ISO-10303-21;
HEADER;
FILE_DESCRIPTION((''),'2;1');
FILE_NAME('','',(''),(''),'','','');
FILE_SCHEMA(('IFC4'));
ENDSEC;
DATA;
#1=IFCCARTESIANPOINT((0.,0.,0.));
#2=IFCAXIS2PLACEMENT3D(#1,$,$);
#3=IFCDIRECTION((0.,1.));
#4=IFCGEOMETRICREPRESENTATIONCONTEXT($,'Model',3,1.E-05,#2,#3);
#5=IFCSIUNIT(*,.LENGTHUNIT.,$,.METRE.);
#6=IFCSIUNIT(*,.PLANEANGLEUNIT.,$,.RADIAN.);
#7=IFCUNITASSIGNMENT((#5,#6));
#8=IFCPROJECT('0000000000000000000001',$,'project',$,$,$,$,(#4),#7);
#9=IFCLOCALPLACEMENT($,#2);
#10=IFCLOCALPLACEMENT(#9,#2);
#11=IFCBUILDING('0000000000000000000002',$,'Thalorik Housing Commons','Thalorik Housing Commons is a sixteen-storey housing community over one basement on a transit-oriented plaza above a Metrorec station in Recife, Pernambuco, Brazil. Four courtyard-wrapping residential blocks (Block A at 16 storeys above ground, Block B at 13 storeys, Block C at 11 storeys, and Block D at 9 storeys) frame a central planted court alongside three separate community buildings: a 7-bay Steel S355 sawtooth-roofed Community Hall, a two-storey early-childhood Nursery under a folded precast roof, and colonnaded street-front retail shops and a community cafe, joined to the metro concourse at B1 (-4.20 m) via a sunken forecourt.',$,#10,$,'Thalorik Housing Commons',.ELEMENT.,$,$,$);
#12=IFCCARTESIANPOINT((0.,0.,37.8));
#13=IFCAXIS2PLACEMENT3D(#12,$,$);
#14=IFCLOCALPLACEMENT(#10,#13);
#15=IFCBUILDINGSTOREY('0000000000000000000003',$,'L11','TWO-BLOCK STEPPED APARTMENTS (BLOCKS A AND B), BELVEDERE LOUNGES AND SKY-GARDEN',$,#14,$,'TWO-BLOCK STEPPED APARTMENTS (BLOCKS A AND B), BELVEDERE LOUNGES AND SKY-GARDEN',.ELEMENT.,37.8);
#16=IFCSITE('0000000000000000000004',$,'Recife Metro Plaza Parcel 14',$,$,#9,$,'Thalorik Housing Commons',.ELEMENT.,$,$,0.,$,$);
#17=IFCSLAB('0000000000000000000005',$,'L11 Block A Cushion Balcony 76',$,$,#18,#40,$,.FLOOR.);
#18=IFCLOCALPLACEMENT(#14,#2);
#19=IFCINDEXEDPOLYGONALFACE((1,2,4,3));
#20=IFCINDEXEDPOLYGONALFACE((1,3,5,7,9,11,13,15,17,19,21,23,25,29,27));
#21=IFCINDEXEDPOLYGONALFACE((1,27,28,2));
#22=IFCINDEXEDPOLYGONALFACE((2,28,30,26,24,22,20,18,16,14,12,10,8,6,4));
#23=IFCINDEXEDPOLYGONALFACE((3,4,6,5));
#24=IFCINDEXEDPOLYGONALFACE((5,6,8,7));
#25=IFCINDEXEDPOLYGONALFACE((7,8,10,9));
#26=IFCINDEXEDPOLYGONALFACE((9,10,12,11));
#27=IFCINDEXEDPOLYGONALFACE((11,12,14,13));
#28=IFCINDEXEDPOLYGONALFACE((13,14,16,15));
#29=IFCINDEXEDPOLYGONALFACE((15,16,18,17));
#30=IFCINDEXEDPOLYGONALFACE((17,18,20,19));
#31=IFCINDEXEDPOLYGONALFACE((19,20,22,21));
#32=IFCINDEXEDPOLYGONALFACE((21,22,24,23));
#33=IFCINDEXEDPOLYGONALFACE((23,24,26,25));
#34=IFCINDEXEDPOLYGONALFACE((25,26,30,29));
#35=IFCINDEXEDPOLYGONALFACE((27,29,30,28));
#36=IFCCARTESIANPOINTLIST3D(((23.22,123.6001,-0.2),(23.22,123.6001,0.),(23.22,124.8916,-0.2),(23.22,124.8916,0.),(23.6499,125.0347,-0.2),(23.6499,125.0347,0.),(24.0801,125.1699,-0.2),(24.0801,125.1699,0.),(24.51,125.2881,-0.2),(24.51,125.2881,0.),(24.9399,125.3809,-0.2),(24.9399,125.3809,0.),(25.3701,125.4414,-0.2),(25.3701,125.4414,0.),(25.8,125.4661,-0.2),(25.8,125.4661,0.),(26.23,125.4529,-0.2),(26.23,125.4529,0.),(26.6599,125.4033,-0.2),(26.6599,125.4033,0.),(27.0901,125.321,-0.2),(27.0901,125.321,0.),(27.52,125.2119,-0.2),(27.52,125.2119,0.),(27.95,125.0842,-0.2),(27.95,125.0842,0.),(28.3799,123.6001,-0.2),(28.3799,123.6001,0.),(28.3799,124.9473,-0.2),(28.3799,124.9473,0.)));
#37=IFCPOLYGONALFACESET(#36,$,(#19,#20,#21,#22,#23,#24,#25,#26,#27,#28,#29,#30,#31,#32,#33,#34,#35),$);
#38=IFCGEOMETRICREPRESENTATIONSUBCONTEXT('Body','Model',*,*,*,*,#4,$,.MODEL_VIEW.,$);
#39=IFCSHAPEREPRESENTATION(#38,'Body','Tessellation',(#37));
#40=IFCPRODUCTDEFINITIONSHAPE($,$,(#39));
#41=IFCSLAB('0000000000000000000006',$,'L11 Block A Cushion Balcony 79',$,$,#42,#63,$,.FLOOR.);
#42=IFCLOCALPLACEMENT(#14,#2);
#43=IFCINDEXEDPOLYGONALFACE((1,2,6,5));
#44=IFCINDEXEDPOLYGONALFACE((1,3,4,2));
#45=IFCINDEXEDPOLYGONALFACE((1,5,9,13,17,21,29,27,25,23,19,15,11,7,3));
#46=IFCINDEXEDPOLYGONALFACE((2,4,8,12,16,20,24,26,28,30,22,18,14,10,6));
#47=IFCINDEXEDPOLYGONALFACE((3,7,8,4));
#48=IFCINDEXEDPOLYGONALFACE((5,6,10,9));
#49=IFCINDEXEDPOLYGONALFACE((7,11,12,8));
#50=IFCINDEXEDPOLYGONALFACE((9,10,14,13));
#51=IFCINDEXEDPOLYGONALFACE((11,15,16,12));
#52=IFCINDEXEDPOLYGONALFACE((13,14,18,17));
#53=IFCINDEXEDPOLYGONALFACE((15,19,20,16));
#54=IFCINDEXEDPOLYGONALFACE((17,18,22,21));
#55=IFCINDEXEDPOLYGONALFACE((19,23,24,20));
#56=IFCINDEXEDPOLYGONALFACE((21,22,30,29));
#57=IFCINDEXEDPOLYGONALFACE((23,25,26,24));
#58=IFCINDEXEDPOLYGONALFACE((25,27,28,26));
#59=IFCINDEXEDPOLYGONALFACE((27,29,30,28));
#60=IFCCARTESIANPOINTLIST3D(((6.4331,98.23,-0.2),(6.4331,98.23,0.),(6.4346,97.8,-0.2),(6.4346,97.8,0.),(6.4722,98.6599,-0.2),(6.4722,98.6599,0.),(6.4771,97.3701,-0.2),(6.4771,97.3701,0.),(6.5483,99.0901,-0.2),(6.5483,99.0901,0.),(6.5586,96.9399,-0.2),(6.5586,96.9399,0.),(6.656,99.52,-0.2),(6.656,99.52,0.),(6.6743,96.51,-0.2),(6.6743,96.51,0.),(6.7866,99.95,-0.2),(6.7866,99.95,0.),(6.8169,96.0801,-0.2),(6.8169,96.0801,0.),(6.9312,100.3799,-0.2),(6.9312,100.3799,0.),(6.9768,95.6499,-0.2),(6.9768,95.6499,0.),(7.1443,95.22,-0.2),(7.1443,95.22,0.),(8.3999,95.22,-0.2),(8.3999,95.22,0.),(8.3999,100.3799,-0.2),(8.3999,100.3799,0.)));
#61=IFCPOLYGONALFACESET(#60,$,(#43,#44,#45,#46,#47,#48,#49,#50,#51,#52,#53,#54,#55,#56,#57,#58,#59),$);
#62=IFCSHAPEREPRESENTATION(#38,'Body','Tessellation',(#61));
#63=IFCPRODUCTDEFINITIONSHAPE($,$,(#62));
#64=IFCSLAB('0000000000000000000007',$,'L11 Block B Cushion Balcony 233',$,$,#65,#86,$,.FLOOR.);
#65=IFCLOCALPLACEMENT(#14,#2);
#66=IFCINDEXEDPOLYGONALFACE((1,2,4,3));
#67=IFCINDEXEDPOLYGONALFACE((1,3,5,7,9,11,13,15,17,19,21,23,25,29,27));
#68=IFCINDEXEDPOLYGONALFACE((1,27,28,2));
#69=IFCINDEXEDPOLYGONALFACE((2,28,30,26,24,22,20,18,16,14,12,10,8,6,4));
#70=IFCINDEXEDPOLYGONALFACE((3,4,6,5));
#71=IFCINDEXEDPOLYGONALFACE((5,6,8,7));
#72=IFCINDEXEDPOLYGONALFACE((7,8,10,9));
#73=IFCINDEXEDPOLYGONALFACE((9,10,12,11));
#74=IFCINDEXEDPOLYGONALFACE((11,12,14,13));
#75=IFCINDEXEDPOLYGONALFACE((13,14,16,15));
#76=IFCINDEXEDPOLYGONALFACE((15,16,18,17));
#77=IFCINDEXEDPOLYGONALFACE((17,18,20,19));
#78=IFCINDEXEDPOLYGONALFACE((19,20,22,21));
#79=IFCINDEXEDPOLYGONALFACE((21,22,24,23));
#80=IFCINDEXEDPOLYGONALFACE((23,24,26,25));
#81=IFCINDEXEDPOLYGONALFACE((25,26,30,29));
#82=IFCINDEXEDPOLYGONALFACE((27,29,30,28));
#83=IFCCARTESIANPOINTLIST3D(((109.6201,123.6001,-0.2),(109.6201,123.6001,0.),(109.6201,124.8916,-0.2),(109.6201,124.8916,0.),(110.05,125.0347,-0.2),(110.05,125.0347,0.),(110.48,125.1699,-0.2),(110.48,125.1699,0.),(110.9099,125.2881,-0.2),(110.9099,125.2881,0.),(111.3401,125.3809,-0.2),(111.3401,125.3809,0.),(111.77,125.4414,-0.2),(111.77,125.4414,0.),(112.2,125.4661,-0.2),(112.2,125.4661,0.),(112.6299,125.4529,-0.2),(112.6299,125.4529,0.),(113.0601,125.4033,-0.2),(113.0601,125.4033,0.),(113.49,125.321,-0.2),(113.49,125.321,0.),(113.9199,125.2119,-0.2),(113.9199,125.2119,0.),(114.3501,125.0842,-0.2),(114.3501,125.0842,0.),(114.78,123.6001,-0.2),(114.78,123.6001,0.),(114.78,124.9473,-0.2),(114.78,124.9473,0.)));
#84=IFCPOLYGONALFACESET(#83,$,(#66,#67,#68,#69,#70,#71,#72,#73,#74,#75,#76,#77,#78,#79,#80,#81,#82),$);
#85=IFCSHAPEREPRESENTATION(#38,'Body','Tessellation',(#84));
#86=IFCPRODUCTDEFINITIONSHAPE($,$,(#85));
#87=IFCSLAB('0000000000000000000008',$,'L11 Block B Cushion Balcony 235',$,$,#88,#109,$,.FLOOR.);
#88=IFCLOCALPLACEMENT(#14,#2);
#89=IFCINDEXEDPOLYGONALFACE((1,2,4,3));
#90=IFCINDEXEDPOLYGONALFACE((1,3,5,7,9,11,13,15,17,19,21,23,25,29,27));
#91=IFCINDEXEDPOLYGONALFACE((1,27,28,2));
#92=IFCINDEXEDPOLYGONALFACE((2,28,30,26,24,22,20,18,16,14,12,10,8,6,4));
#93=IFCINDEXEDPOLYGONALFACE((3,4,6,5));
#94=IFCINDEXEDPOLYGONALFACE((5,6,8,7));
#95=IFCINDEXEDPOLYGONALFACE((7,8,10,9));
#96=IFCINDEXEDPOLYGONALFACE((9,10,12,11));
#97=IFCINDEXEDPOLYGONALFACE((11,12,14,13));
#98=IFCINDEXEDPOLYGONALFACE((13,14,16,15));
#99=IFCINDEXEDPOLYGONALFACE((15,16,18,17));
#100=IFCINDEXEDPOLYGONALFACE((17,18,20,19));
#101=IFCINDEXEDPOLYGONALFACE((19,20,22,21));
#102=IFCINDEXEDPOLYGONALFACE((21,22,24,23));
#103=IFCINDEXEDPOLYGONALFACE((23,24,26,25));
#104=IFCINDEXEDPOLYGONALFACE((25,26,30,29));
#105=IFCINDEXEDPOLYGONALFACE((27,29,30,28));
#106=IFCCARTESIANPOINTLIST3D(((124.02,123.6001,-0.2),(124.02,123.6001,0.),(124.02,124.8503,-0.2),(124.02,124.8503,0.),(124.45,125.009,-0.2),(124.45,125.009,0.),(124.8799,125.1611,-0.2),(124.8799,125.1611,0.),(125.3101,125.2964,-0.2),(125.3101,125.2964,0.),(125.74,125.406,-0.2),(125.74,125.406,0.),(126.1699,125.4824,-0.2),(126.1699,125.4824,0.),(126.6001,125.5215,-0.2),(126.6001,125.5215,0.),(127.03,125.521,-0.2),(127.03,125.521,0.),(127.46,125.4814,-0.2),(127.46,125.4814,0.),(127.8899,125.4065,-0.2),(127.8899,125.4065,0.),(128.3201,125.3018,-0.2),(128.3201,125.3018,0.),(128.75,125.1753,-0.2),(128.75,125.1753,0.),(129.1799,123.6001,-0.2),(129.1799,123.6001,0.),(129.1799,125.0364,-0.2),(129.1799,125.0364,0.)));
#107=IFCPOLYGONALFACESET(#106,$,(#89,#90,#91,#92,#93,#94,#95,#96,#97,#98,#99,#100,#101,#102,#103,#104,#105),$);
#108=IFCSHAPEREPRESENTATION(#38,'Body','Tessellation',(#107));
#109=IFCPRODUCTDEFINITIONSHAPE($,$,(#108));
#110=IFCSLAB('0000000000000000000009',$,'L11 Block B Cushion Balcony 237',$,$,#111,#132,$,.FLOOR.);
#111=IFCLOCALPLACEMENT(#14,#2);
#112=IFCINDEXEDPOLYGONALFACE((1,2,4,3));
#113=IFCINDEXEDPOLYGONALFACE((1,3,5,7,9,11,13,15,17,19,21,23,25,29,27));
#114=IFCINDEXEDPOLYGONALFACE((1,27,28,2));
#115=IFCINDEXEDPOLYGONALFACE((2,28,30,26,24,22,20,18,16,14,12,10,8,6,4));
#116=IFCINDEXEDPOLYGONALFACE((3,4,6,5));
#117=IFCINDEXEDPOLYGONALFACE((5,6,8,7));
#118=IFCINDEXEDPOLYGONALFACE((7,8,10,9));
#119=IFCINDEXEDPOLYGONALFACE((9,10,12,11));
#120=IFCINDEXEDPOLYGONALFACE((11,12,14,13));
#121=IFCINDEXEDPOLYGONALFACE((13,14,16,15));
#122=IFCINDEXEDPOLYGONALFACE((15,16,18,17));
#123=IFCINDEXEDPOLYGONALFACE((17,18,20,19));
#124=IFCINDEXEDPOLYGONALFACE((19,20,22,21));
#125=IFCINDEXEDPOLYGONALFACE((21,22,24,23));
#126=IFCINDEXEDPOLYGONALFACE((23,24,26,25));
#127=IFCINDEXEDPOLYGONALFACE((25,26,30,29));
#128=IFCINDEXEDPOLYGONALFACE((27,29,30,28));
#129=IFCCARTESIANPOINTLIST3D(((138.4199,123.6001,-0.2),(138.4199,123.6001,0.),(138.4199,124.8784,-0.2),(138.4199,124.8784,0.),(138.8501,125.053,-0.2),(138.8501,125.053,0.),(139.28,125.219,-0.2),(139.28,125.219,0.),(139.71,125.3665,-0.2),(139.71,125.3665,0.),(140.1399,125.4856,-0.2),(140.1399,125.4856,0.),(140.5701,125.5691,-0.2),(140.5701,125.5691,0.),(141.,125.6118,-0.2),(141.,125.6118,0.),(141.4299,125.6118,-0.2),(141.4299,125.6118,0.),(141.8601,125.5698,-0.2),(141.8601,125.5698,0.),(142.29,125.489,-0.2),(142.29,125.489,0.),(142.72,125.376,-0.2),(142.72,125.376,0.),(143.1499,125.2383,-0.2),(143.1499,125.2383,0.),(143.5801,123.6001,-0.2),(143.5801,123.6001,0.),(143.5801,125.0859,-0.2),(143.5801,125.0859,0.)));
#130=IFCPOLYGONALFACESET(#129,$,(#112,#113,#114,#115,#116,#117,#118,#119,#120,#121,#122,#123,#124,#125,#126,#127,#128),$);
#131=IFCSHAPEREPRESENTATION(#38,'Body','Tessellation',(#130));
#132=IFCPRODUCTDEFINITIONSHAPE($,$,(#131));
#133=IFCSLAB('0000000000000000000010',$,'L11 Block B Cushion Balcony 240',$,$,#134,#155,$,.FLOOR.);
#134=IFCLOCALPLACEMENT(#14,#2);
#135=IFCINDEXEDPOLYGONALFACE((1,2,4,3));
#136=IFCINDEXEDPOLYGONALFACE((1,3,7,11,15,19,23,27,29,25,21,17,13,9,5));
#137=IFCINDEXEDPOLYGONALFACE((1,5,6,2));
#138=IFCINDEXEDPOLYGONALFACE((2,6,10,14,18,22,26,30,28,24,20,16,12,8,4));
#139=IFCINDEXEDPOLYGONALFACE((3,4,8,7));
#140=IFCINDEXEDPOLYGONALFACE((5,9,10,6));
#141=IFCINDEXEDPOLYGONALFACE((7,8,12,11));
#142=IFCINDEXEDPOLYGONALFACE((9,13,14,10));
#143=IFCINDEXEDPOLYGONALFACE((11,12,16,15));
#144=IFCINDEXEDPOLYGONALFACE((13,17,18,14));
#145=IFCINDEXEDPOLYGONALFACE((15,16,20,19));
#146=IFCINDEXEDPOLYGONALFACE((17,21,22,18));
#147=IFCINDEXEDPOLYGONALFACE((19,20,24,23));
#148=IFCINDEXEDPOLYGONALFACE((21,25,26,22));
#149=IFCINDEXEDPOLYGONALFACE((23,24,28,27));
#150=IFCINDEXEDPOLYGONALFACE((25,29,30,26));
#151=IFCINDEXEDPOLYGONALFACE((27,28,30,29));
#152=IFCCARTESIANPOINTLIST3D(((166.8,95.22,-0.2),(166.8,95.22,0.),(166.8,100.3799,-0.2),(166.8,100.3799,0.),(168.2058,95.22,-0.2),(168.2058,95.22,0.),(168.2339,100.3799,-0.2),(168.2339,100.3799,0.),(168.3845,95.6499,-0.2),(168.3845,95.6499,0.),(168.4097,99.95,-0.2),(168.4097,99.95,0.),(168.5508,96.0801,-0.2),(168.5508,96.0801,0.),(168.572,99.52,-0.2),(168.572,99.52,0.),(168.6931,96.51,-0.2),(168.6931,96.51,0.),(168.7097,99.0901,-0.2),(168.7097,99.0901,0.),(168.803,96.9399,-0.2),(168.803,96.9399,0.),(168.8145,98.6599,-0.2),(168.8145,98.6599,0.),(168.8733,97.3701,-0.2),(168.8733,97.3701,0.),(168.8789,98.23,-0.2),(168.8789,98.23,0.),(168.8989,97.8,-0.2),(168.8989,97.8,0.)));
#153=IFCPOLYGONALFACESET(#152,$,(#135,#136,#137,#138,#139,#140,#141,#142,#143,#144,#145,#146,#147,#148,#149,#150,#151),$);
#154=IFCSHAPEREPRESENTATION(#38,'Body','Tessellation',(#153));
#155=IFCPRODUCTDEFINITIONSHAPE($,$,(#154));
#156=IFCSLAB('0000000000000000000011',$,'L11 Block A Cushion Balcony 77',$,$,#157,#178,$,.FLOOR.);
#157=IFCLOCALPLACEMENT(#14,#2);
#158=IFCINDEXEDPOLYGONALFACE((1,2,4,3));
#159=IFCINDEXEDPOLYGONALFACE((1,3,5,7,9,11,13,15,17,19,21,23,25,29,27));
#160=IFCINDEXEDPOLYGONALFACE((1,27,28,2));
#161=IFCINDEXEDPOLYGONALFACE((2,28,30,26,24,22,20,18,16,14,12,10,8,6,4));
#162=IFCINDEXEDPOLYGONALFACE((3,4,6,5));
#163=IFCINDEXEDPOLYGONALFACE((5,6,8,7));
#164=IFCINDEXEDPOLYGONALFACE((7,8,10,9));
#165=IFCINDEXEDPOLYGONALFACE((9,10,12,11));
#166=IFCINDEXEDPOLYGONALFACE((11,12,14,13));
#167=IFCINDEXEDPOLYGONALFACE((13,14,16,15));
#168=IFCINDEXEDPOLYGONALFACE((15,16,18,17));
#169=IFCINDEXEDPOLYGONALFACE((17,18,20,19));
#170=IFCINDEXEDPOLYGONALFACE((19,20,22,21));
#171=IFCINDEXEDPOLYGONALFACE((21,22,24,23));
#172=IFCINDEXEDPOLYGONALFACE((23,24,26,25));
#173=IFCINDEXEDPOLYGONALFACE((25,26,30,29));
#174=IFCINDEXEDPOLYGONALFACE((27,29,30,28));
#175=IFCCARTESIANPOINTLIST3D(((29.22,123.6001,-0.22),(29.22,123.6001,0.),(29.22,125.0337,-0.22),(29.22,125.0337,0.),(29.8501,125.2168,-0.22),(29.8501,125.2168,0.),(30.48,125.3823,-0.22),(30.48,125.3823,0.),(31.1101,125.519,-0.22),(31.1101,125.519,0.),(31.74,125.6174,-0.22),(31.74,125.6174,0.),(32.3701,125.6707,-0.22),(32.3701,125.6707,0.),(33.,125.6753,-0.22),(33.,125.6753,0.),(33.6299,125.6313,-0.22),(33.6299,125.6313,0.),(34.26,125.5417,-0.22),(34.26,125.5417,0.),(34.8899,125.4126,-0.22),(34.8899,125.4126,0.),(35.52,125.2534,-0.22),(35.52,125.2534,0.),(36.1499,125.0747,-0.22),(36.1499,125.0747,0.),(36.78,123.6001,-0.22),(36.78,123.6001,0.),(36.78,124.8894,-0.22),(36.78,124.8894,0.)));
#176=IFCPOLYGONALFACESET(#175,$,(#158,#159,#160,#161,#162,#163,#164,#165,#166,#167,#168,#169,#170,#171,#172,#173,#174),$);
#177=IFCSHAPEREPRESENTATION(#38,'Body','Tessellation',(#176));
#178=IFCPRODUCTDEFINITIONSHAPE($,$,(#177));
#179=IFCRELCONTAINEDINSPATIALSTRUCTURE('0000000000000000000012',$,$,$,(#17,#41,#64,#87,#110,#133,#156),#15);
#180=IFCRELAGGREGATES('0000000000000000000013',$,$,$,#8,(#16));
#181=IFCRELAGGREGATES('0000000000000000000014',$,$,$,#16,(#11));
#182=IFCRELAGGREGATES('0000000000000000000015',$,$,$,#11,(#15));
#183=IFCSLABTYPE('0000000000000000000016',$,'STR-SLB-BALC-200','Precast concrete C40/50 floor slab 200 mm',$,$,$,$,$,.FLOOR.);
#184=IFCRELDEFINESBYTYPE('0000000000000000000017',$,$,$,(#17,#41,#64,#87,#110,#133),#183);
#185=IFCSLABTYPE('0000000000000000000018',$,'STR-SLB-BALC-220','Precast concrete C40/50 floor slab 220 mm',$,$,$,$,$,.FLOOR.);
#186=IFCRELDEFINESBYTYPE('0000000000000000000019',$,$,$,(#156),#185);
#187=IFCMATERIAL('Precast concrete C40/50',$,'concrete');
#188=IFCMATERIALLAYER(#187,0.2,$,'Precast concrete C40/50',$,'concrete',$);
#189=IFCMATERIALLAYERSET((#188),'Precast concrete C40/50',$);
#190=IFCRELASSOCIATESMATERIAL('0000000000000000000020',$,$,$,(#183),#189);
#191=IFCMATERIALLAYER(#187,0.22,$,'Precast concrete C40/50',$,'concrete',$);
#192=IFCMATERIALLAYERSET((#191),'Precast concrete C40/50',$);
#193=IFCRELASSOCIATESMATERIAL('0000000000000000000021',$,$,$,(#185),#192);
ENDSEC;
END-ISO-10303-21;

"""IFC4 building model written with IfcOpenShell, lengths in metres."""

from ifc_helpers import new_model, si_unit, direction, frame, origin, place, context, subcontext, project, spatial, polyline, outline, extrude, material, layer, layer_set, type_object, element, save


model = new_model("IFC4")

# Units and contexts
model_context = context("Model", 3, precision=1e-05, world=origin(), true_north=direction((0.0, 1.0)))
body_context = subcontext(model_context, "Body", "Model", "MODEL_VIEW")
ifc_project = project(units=[si_unit("LENGTHUNIT", "METRE"), si_unit("PLANEANGLEUNIT", "RADIAN")], contexts=[model_context])

# Site, building, storey
site_placement = place(None, origin())
site = spatial("IfcSite", under=ifc_project, at=site_placement, Name="Recife Metro Plaza Parcel 14", LongName="Thalorik Housing Commons", CompositionType="ELEMENT", RefElevation=0.0)
building_placement = place(site_placement, origin())
building = spatial("IfcBuilding", under=site, at=building_placement, Name="Thalorik Housing Commons", Description="Thalorik Housing Commons is a sixteen-storey housing community over one basement on a transit-oriented plaza above a Metrorec station in Recife, Pernambuco, Brazil. Four courtyard-wrapping residential blocks (Block A at 16 storeys above ground, Block B at 13 storeys, Block C at 11 storeys, and Block D at 9 storeys) frame a central planted court alongside three separate community buildings: a 7-bay Steel S355 sawtooth-roofed Community Hall, a two-storey early-childhood Nursery under a folded precast roof, and colonnaded street-front retail shops and a community cafe, joined to the metro concourse at B1 (-4.20 m) via a sunken forecourt.", LongName="Thalorik Housing Commons", CompositionType="ELEMENT")
storey_placement = place(building_placement, frame((0.0, 0.0, 37.8)))
storey = spatial("IfcBuildingStorey", under=building, at=storey_placement, Name="L11", Description="TWO-BLOCK STEPPED APARTMENTS (BLOCKS A AND B), BELVEDERE LOUNGES AND SKY-GARDEN", LongName="TWO-BLOCK STEPPED APARTMENTS (BLOCKS A AND B), BELVEDERE LOUNGES AND SKY-GARDEN", CompositionType="ELEMENT", Elevation=37.8)

# Slabs
ifc_material_1 = material(Name="Precast concrete C40/50", Category="concrete")
ifc_layer_1 = layer(ifc_material_1, 0.2, Name="Precast concrete C40/50", Category="concrete")
ifc_layer_set_1 = layer_set([ifc_layer_1], Name="Precast concrete C40/50")
slab_type_1 = type_object("IfcSlabType", Name="STR-SLB-BALC-200", Description="Precast concrete C40/50 floor slab 200 mm", PredefinedType="FLOOR", material=ifc_layer_set_1)
slab_1_placement = place(storey_placement, frame((0.0, 0.0, -0.2)))
element("IfcSlab", 1, at=slab_1_placement, inside=storey, type_object=slab_type_1, Name="L11 Block A Cushion Balcony 76", PredefinedType="FLOOR", context=body_context, shape_type="SweptSolid", body=[
    extrude(outline(polyline([(23.22, 123.6001), (28.3799, 123.6001), (28.3799, 124.9473), (27.95, 125.0842), (27.52, 125.2119), (27.0901, 125.321), (26.6599, 125.4033), (26.23, 125.4529), (25.8, 125.4661), (25.3701, 125.4414), (24.9399, 125.3809), (24.51, 125.2881), (24.0801, 125.1699), (23.6499, 125.0347), (23.22, 124.8916), (23.22, 123.6001)])), origin(), (0.0, 0.0, 1.0), 0.2),
])
slab_2_placement = place(storey_placement, frame((0.0, 0.0, -0.2)))
element("IfcSlab", 2, at=slab_2_placement, inside=storey, type_object=slab_type_1, Name="L11 Block A Cushion Balcony 79", PredefinedType="FLOOR", context=body_context, shape_type="SweptSolid", body=[
    extrude(outline(polyline([(8.3999, 95.22), (8.3999, 100.3799), (6.9312, 100.3799), (6.7866, 99.95), (6.656, 99.52), (6.5483, 99.0901), (6.4722, 98.6599), (6.4331, 98.23), (6.4346, 97.8), (6.4771, 97.3701), (6.5586, 96.9399), (6.6743, 96.51), (6.8169, 96.0801), (6.9768, 95.6499), (7.1443, 95.22), (8.3999, 95.22)])), origin(), (0.0, 0.0, 1.0), 0.2),
])
slab_3_placement = place(storey_placement, frame((0.0, 0.0, -0.2)))
element("IfcSlab", 3, at=slab_3_placement, inside=storey, type_object=slab_type_1, Name="L11 Block B Cushion Balcony 233", PredefinedType="FLOOR", context=body_context, shape_type="SweptSolid", body=[
    extrude(outline(polyline([(109.6201, 123.6001), (114.78, 123.6001), (114.78, 124.9473), (114.3501, 125.0842), (113.9199, 125.2119), (113.49, 125.321), (113.0601, 125.4033), (112.6299, 125.4529), (112.2, 125.4661), (111.77, 125.4414), (111.3401, 125.3809), (110.9099, 125.2881), (110.48, 125.1699), (110.05, 125.0347), (109.6201, 124.8916), (109.6201, 123.6001)])), origin(), (0.0, 0.0, 1.0), 0.2),
])
slab_4_placement = place(storey_placement, frame((0.0, 0.0, -0.2)))
element("IfcSlab", 4, at=slab_4_placement, inside=storey, type_object=slab_type_1, Name="L11 Block B Cushion Balcony 235", PredefinedType="FLOOR", context=body_context, shape_type="SweptSolid", body=[
    extrude(outline(polyline([(124.02, 123.6001), (129.1799, 123.6001), (129.1799, 125.0364), (128.75, 125.1753), (128.3201, 125.3018), (127.8899, 125.4065), (127.46, 125.4814), (127.03, 125.521), (126.6001, 125.5215), (126.1699, 125.4824), (125.74, 125.406), (125.3101, 125.2964), (124.8799, 125.1611), (124.45, 125.009), (124.02, 124.8503), (124.02, 123.6001)])), origin(), (0.0, 0.0, 1.0), 0.2),
])
slab_5_placement = place(storey_placement, frame((0.0, 0.0, -0.2)))
element("IfcSlab", 5, at=slab_5_placement, inside=storey, type_object=slab_type_1, Name="L11 Block B Cushion Balcony 237", PredefinedType="FLOOR", context=body_context, shape_type="SweptSolid", body=[
    extrude(outline(polyline([(138.4199, 123.6001), (143.5801, 123.6001), (143.5801, 125.0859), (143.1499, 125.2383), (142.72, 125.376), (142.29, 125.489), (141.8601, 125.5698), (141.4299, 125.6118), (141.0, 125.6118), (140.5701, 125.5691), (140.1399, 125.4856), (139.71, 125.3665), (139.28, 125.219), (138.8501, 125.053), (138.4199, 124.8784), (138.4199, 123.6001)])), origin(), (0.0, 0.0, 1.0), 0.2),
])
slab_6_placement = place(storey_placement, frame((0.0, 0.0, -0.2)))
element("IfcSlab", 6, at=slab_6_placement, inside=storey, type_object=slab_type_1, Name="L11 Block B Cushion Balcony 240", PredefinedType="FLOOR", context=body_context, shape_type="SweptSolid", body=[
    extrude(outline(polyline([(168.2058, 95.22), (168.3845, 95.6499), (168.5508, 96.0801), (168.6931, 96.51), (168.803, 96.9399), (168.8733, 97.3701), (168.8989, 97.8), (168.8789, 98.23), (168.8145, 98.6599), (168.7097, 99.0901), (168.572, 99.52), (168.4097, 99.95), (168.2339, 100.3799), (166.8, 100.3799), (166.8, 95.22), (168.2058, 95.22)])), origin(), (0.0, 0.0, 1.0), 0.2),
])
ifc_layer_2 = layer(ifc_material_1, 0.22, Name="Precast concrete C40/50", Category="concrete")
ifc_layer_set_2 = layer_set([ifc_layer_2], Name="Precast concrete C40/50")
slab_type_2 = type_object("IfcSlabType", Name="STR-SLB-BALC-220", Description="Precast concrete C40/50 floor slab 220 mm", PredefinedType="FLOOR", material=ifc_layer_set_2)
slab_7_placement = place(storey_placement, frame((0.0, 0.0, -0.22)))
element("IfcSlab", 7, at=slab_7_placement, inside=storey, type_object=slab_type_2, Name="L11 Block A Cushion Balcony 77", PredefinedType="FLOOR", context=body_context, shape_type="SweptSolid", body=[
    extrude(outline(polyline([(29.22, 123.6001), (36.78, 123.6001), (36.78, 124.8894), (36.1499, 125.0747), (35.52, 125.2534), (34.8899, 125.4126), (34.26, 125.5417), (33.6299, 125.6313), (33.0, 125.6753), (32.3701, 125.6707), (31.74, 125.6174), (31.1101, 125.519), (30.48, 125.3823), (29.8501, 125.2168), (29.22, 125.0337), (29.22, 123.6001)])), origin(), (0.0, 0.0, 1.0), 0.22),
])

save(model, "model.ifc")
